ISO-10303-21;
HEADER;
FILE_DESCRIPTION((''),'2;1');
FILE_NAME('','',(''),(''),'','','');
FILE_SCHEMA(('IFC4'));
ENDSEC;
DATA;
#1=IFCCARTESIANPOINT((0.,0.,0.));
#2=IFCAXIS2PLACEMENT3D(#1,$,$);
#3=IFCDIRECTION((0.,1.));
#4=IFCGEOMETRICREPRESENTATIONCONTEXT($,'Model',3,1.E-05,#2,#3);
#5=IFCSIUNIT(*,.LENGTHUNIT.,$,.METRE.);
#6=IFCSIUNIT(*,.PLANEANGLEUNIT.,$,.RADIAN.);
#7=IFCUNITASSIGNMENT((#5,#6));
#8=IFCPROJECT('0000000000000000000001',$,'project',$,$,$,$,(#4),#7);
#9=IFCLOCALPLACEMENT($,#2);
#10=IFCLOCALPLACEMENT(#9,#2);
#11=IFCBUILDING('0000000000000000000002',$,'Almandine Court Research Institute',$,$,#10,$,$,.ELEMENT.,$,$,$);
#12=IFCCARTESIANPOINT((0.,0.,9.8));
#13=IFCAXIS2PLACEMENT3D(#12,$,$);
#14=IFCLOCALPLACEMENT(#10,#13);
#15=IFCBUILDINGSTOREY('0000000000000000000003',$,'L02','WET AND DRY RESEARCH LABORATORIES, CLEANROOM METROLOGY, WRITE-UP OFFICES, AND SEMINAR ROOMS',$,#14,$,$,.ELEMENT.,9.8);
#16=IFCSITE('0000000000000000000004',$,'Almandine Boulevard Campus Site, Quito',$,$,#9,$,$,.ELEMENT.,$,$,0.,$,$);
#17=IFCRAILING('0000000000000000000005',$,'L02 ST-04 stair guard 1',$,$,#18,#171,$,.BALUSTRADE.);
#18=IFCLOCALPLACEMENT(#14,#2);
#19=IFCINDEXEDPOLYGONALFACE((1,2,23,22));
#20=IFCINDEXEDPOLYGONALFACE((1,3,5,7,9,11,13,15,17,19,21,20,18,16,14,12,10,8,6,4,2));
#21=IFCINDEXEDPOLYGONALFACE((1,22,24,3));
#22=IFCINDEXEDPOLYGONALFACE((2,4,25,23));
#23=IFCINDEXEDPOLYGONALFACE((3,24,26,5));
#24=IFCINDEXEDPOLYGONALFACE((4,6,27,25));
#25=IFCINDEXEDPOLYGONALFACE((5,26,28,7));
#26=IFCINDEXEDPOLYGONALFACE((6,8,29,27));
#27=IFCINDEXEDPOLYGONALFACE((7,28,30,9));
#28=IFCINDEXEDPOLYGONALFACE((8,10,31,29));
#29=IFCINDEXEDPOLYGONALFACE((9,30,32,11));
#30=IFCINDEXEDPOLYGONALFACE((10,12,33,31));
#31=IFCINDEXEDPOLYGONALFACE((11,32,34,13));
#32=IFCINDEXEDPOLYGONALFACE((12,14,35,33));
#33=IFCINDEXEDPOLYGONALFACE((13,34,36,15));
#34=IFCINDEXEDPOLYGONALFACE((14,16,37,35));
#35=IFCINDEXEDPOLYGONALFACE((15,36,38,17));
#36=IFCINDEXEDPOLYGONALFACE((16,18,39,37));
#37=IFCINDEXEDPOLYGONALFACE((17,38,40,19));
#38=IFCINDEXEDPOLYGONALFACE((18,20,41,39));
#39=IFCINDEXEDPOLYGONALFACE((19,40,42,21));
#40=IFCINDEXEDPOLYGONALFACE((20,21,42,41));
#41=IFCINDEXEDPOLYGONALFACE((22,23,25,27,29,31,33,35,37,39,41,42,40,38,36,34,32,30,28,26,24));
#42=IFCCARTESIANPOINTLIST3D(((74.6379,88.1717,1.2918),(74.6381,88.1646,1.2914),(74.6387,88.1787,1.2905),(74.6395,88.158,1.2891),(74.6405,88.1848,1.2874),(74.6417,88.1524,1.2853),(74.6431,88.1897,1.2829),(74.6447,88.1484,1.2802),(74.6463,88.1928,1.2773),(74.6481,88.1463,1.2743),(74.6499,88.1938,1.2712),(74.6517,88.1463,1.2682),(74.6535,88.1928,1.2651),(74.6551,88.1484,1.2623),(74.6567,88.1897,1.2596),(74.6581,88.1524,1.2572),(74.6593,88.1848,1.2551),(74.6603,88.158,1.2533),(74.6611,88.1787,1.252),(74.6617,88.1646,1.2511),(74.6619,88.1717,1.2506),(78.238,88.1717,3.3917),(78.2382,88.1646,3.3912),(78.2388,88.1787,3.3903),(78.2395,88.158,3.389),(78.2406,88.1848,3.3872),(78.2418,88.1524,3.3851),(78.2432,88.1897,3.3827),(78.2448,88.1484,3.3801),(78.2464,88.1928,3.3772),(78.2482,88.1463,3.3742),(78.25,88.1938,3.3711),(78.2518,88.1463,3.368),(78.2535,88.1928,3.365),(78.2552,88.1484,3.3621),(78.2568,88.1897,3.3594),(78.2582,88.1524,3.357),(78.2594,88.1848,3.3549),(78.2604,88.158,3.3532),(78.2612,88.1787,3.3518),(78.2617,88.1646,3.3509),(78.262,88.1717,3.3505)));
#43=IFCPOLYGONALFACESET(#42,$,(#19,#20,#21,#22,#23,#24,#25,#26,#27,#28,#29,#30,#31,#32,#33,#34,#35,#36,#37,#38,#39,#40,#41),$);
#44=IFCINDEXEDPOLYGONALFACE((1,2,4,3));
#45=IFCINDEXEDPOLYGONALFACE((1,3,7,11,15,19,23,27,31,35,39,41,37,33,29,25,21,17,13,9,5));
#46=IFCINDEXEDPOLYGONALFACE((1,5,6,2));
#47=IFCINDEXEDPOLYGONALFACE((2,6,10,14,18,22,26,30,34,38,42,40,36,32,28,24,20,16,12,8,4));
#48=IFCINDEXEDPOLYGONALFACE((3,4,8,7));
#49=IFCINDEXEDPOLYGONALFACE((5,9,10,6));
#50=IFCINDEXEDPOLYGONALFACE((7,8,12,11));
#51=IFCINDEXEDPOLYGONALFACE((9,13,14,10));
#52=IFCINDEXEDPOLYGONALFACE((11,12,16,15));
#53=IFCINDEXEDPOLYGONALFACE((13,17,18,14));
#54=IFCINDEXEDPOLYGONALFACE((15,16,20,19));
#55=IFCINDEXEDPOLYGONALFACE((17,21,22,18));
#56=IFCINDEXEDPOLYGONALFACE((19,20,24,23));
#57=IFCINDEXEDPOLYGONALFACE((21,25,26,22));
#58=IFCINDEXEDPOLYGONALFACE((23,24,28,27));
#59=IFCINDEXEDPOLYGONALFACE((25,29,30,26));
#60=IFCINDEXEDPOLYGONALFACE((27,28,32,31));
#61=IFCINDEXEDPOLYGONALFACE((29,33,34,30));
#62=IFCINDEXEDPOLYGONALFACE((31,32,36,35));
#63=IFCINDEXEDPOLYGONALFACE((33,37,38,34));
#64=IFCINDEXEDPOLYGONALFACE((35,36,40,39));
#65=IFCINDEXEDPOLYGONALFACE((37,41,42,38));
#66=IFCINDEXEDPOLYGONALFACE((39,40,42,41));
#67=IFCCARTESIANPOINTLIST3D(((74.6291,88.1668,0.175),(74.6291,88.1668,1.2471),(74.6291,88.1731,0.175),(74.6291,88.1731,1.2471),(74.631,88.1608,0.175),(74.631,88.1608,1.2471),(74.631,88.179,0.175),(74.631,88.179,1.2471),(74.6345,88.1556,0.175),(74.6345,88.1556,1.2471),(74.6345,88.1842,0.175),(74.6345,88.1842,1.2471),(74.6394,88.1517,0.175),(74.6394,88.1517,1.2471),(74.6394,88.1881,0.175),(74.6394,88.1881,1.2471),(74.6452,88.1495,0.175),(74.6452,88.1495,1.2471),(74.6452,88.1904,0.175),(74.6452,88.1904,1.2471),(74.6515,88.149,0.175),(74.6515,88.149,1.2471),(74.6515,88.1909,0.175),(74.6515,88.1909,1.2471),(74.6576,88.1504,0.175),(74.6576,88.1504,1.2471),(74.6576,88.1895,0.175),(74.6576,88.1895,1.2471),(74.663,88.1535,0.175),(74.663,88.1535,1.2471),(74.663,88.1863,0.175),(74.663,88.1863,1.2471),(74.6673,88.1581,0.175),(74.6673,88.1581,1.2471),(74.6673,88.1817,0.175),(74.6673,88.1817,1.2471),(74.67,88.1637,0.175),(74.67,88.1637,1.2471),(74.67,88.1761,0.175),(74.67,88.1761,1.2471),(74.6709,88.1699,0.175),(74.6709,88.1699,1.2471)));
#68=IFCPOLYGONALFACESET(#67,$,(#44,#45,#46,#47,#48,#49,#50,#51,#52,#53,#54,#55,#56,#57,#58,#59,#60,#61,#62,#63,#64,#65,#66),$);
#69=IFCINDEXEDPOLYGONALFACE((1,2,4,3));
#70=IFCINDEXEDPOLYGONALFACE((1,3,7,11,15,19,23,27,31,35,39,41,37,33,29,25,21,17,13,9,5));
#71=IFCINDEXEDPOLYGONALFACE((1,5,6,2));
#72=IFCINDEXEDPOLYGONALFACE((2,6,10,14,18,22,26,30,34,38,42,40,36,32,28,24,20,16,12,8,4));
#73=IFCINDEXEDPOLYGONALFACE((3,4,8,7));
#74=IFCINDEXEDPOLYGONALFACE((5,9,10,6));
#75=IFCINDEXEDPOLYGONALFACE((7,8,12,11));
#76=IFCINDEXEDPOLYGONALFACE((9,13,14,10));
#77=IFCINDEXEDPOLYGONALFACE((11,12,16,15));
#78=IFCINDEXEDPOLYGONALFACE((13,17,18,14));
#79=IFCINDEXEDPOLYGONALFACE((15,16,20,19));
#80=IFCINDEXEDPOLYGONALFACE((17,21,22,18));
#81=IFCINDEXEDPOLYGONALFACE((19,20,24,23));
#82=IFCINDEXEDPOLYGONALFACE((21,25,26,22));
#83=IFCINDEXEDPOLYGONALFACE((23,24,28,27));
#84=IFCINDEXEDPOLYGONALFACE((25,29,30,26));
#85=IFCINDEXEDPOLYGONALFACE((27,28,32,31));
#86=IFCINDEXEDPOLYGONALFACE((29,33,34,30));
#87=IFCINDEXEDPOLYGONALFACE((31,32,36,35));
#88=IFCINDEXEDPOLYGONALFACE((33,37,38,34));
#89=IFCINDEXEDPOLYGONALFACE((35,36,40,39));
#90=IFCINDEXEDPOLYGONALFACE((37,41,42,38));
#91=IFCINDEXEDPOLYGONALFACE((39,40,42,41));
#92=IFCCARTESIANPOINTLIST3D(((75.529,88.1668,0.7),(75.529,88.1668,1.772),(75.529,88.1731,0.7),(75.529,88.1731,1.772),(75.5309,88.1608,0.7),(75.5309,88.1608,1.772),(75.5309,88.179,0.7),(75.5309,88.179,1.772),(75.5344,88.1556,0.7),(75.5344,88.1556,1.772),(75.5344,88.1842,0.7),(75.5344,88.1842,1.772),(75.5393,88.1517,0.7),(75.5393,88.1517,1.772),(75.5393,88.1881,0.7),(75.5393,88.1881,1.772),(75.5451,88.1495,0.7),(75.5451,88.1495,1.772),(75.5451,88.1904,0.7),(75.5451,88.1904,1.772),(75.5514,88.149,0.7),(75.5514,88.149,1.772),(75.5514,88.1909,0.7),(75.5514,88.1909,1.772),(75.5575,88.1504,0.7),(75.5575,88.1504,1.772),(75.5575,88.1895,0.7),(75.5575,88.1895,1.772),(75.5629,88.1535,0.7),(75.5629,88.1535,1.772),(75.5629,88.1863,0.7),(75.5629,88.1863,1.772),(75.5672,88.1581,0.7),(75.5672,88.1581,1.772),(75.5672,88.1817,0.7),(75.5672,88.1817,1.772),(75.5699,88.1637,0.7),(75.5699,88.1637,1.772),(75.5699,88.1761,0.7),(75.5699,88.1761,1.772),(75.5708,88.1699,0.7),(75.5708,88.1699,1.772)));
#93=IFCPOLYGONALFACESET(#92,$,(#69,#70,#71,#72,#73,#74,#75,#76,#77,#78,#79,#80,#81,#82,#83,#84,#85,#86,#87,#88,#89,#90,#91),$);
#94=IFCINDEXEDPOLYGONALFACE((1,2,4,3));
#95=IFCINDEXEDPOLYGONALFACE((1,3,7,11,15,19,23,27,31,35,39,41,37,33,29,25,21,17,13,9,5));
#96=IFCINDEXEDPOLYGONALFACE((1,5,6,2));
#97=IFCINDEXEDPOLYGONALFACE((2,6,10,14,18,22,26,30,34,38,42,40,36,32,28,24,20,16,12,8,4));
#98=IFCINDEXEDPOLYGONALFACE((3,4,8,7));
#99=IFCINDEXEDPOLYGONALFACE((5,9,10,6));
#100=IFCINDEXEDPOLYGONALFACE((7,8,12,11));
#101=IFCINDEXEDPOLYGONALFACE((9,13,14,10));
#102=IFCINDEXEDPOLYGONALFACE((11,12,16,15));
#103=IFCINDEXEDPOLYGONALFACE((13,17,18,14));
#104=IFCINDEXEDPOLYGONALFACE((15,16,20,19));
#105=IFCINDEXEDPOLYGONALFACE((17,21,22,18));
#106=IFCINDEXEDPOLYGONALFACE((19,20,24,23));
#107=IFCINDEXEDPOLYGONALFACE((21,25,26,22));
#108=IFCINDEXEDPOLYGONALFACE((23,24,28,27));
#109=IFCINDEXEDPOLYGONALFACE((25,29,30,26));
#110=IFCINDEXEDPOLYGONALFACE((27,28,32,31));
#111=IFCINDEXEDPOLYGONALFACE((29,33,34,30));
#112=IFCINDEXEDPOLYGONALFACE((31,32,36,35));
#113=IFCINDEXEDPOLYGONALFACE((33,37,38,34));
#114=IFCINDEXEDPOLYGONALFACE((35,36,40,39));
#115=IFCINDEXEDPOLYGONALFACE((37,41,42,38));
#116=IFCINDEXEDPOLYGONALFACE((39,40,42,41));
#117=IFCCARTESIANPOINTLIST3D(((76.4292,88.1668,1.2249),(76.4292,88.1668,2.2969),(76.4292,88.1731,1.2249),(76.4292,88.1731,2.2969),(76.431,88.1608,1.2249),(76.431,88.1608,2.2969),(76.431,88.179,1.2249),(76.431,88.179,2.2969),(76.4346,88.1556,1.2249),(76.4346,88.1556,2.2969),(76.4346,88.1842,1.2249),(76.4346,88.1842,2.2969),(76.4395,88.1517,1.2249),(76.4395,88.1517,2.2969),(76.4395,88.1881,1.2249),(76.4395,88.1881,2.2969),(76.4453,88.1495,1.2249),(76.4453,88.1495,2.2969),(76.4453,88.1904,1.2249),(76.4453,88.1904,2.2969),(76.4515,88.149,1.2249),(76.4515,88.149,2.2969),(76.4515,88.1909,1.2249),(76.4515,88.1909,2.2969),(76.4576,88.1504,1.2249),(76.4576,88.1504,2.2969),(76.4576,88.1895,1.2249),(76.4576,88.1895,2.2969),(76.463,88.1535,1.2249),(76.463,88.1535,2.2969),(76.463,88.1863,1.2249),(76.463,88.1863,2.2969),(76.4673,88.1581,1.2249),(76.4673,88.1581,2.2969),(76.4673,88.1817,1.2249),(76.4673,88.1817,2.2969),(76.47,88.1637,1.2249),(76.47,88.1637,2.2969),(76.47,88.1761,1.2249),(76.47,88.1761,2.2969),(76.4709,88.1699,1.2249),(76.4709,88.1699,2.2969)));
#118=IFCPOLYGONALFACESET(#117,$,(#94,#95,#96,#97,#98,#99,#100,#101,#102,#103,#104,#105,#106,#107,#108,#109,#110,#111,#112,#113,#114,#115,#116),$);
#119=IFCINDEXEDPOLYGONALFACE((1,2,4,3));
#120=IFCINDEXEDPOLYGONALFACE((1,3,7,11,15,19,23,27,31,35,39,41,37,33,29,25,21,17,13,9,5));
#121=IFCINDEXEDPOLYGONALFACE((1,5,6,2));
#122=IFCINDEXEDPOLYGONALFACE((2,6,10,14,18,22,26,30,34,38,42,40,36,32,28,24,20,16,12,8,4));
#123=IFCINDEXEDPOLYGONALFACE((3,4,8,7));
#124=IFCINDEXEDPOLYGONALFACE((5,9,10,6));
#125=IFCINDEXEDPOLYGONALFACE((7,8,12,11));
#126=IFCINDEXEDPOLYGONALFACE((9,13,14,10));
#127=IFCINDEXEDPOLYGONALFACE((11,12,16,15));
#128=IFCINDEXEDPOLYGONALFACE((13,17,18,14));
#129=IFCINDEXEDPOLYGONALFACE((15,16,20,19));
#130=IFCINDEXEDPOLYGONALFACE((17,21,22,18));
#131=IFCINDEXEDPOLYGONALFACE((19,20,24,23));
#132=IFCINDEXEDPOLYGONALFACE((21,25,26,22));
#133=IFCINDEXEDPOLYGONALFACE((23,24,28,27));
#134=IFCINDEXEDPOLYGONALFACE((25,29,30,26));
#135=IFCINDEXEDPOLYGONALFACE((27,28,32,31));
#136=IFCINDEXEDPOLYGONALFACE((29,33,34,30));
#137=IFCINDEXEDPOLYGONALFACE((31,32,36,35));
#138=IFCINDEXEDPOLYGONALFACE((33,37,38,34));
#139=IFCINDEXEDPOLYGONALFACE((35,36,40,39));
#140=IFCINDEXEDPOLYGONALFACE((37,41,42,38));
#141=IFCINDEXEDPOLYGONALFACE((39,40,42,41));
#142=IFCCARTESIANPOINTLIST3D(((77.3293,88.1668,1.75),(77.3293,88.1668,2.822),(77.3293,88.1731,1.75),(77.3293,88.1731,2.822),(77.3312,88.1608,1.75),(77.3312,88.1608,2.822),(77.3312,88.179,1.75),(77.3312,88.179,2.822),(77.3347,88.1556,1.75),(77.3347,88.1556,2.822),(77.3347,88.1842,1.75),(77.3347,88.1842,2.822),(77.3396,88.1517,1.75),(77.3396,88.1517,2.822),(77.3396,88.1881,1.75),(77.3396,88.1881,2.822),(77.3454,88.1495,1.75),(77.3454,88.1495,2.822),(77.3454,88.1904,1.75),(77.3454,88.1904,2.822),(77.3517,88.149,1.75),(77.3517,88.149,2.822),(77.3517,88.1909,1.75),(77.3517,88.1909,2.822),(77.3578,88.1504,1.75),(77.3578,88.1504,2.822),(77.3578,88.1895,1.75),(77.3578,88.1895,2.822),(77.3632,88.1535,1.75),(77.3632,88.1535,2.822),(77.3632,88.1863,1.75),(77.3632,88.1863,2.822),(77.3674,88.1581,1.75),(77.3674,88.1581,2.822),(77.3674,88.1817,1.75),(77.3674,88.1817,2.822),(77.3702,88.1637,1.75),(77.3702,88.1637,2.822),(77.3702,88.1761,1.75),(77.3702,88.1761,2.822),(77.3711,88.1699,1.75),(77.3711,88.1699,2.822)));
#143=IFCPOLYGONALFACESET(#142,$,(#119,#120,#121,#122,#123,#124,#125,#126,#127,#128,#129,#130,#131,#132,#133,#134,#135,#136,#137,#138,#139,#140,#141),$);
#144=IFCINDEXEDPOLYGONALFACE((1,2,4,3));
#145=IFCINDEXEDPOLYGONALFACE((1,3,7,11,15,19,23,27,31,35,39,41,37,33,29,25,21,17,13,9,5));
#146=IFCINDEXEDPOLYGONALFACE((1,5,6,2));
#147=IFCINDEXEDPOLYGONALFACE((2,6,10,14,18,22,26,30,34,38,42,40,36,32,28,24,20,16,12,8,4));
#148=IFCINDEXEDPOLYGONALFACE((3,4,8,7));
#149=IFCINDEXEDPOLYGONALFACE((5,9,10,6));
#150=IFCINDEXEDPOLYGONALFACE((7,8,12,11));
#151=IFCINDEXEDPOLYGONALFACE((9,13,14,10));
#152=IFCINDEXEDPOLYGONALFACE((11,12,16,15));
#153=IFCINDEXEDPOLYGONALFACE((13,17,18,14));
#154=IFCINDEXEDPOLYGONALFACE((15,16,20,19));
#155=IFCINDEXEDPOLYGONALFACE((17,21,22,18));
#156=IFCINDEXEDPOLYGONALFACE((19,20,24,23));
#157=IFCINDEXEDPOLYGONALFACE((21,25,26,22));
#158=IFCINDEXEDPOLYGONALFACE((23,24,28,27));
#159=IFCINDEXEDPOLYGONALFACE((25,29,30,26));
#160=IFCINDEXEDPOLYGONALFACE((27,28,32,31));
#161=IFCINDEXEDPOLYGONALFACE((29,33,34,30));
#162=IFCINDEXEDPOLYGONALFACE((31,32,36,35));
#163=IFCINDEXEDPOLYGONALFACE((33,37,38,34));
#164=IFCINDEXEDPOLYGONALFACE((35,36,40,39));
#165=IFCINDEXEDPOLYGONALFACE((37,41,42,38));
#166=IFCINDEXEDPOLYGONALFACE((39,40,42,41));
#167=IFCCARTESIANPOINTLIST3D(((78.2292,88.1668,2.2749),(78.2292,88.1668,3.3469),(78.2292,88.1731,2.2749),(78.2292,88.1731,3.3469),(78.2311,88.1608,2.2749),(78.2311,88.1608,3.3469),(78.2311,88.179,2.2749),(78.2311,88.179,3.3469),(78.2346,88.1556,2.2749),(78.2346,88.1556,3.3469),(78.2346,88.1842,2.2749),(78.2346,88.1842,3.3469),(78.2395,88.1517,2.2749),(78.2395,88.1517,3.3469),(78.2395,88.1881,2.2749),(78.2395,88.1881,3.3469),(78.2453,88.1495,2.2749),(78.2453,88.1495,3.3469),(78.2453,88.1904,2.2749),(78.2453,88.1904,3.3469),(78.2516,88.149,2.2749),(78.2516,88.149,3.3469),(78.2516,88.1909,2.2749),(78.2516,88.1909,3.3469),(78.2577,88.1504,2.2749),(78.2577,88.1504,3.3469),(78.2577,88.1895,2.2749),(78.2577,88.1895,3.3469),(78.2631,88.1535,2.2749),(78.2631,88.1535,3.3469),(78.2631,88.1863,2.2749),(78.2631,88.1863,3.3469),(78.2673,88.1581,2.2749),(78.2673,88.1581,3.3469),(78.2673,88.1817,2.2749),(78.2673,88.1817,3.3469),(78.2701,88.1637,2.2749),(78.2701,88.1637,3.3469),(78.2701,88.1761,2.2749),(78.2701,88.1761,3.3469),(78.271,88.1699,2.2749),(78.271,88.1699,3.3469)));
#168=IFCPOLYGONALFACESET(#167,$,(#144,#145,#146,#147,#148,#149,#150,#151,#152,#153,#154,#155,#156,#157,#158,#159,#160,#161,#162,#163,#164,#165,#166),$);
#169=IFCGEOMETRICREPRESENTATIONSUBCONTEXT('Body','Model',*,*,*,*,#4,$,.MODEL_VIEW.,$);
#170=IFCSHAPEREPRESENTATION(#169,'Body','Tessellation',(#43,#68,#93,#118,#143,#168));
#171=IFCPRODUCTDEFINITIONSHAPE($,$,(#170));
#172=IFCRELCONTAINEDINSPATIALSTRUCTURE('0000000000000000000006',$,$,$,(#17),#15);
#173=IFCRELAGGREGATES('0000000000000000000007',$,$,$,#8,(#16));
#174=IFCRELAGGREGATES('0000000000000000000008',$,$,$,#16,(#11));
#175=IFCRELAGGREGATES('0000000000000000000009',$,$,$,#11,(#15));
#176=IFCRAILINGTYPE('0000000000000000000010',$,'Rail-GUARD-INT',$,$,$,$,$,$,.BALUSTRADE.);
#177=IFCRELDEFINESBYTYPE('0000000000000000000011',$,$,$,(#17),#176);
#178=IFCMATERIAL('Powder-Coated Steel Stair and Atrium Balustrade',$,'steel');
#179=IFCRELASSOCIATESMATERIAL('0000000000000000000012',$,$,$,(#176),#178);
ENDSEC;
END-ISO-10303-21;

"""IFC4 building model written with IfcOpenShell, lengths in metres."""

from ifc_helpers import new_model, si_unit, direction, frame, origin, origin_2d, place, context, subcontext, project, spatial, circle, extrude, material, type_object, element, save


model = new_model("IFC4")

# Units and contexts
model_context = context("Model", 3, precision=1e-05, world=origin(), true_north=direction((0.0, 1.0)))
body_context = subcontext(model_context, "Body", "Model", "MODEL_VIEW")
ifc_project = project(units=[si_unit("LENGTHUNIT", "METRE"), si_unit("PLANEANGLEUNIT", "RADIAN")], contexts=[model_context])

# Site, building, storey
site_placement = place(None, origin())
site = spatial("IfcSite", under=ifc_project, at=site_placement, Name="Almandine Boulevard Campus Site, Quito", CompositionType="ELEMENT", RefElevation=0.0)
building_placement = place(site_placement, origin())
building = spatial("IfcBuilding", under=site, at=building_placement, Name="Almandine Court Research Institute", CompositionType="ELEMENT")
storey_placement = place(building_placement, frame((0.0, 0.0, 9.8)))
storey = spatial("IfcBuildingStorey", under=building, at=storey_placement, Name="L02", Description="WET AND DRY RESEARCH LABORATORIES, CLEANROOM METROLOGY, WRITE-UP OFFICES, AND SEMINAR ROOMS", CompositionType="ELEMENT", Elevation=9.8)

# Railing
ifc_material_1 = material(Name="Powder-Coated Steel Stair and Atrium Balustrade", Category="steel")
railing_type_1 = type_object("IfcRailingType", Name="Rail-GUARD-INT", PredefinedType="BALUSTRADE", material=ifc_material_1)
railing_1_placement = place(storey_placement, frame((74.6499, 88.1699, 0.175)))
element("IfcRailing", 1, at=railing_1_placement, inside=storey, type_object=railing_type_1, Name="L02 ST-04 stair guard 1", PredefinedType="BALUSTRADE", context=body_context, shape_type="SweptSolid", body=[
    extrude(circle(Radius=0.0239, at=origin_2d()), frame((0.0, 0.0, 1.0962), z_axis=(0.8638, 0.0, 0.503835), x_axis=(0.0, 1.0, 0.0)), (0.0, 0.0, 1.0), 4.1677),
    extrude(circle(Radius=0.021, at=origin_2d()), origin(), (0.0, 0.0, 1.0), 1.072),
    extrude(circle(Radius=0.021, at=origin_2d()), frame((0.8999, 0.0, 0.5249)), (0.0, 0.0, 1.0), 1.072),
    extrude(circle(Radius=0.021, at=origin_2d()), frame((1.8, 0.0, 1.0498)), (0.0, 0.0, 1.0), 1.072),
    extrude(circle(Radius=0.021, at=origin_2d()), frame((2.7002, 0.0, 1.575)), (0.0, 0.0, 1.0), 1.072),
    extrude(circle(Radius=0.021, at=origin_2d()), frame((3.6001, 0.0, 2.0999)), (0.0, 0.0, 1.0), 1.072),
])

save(model, "model.ifc")
